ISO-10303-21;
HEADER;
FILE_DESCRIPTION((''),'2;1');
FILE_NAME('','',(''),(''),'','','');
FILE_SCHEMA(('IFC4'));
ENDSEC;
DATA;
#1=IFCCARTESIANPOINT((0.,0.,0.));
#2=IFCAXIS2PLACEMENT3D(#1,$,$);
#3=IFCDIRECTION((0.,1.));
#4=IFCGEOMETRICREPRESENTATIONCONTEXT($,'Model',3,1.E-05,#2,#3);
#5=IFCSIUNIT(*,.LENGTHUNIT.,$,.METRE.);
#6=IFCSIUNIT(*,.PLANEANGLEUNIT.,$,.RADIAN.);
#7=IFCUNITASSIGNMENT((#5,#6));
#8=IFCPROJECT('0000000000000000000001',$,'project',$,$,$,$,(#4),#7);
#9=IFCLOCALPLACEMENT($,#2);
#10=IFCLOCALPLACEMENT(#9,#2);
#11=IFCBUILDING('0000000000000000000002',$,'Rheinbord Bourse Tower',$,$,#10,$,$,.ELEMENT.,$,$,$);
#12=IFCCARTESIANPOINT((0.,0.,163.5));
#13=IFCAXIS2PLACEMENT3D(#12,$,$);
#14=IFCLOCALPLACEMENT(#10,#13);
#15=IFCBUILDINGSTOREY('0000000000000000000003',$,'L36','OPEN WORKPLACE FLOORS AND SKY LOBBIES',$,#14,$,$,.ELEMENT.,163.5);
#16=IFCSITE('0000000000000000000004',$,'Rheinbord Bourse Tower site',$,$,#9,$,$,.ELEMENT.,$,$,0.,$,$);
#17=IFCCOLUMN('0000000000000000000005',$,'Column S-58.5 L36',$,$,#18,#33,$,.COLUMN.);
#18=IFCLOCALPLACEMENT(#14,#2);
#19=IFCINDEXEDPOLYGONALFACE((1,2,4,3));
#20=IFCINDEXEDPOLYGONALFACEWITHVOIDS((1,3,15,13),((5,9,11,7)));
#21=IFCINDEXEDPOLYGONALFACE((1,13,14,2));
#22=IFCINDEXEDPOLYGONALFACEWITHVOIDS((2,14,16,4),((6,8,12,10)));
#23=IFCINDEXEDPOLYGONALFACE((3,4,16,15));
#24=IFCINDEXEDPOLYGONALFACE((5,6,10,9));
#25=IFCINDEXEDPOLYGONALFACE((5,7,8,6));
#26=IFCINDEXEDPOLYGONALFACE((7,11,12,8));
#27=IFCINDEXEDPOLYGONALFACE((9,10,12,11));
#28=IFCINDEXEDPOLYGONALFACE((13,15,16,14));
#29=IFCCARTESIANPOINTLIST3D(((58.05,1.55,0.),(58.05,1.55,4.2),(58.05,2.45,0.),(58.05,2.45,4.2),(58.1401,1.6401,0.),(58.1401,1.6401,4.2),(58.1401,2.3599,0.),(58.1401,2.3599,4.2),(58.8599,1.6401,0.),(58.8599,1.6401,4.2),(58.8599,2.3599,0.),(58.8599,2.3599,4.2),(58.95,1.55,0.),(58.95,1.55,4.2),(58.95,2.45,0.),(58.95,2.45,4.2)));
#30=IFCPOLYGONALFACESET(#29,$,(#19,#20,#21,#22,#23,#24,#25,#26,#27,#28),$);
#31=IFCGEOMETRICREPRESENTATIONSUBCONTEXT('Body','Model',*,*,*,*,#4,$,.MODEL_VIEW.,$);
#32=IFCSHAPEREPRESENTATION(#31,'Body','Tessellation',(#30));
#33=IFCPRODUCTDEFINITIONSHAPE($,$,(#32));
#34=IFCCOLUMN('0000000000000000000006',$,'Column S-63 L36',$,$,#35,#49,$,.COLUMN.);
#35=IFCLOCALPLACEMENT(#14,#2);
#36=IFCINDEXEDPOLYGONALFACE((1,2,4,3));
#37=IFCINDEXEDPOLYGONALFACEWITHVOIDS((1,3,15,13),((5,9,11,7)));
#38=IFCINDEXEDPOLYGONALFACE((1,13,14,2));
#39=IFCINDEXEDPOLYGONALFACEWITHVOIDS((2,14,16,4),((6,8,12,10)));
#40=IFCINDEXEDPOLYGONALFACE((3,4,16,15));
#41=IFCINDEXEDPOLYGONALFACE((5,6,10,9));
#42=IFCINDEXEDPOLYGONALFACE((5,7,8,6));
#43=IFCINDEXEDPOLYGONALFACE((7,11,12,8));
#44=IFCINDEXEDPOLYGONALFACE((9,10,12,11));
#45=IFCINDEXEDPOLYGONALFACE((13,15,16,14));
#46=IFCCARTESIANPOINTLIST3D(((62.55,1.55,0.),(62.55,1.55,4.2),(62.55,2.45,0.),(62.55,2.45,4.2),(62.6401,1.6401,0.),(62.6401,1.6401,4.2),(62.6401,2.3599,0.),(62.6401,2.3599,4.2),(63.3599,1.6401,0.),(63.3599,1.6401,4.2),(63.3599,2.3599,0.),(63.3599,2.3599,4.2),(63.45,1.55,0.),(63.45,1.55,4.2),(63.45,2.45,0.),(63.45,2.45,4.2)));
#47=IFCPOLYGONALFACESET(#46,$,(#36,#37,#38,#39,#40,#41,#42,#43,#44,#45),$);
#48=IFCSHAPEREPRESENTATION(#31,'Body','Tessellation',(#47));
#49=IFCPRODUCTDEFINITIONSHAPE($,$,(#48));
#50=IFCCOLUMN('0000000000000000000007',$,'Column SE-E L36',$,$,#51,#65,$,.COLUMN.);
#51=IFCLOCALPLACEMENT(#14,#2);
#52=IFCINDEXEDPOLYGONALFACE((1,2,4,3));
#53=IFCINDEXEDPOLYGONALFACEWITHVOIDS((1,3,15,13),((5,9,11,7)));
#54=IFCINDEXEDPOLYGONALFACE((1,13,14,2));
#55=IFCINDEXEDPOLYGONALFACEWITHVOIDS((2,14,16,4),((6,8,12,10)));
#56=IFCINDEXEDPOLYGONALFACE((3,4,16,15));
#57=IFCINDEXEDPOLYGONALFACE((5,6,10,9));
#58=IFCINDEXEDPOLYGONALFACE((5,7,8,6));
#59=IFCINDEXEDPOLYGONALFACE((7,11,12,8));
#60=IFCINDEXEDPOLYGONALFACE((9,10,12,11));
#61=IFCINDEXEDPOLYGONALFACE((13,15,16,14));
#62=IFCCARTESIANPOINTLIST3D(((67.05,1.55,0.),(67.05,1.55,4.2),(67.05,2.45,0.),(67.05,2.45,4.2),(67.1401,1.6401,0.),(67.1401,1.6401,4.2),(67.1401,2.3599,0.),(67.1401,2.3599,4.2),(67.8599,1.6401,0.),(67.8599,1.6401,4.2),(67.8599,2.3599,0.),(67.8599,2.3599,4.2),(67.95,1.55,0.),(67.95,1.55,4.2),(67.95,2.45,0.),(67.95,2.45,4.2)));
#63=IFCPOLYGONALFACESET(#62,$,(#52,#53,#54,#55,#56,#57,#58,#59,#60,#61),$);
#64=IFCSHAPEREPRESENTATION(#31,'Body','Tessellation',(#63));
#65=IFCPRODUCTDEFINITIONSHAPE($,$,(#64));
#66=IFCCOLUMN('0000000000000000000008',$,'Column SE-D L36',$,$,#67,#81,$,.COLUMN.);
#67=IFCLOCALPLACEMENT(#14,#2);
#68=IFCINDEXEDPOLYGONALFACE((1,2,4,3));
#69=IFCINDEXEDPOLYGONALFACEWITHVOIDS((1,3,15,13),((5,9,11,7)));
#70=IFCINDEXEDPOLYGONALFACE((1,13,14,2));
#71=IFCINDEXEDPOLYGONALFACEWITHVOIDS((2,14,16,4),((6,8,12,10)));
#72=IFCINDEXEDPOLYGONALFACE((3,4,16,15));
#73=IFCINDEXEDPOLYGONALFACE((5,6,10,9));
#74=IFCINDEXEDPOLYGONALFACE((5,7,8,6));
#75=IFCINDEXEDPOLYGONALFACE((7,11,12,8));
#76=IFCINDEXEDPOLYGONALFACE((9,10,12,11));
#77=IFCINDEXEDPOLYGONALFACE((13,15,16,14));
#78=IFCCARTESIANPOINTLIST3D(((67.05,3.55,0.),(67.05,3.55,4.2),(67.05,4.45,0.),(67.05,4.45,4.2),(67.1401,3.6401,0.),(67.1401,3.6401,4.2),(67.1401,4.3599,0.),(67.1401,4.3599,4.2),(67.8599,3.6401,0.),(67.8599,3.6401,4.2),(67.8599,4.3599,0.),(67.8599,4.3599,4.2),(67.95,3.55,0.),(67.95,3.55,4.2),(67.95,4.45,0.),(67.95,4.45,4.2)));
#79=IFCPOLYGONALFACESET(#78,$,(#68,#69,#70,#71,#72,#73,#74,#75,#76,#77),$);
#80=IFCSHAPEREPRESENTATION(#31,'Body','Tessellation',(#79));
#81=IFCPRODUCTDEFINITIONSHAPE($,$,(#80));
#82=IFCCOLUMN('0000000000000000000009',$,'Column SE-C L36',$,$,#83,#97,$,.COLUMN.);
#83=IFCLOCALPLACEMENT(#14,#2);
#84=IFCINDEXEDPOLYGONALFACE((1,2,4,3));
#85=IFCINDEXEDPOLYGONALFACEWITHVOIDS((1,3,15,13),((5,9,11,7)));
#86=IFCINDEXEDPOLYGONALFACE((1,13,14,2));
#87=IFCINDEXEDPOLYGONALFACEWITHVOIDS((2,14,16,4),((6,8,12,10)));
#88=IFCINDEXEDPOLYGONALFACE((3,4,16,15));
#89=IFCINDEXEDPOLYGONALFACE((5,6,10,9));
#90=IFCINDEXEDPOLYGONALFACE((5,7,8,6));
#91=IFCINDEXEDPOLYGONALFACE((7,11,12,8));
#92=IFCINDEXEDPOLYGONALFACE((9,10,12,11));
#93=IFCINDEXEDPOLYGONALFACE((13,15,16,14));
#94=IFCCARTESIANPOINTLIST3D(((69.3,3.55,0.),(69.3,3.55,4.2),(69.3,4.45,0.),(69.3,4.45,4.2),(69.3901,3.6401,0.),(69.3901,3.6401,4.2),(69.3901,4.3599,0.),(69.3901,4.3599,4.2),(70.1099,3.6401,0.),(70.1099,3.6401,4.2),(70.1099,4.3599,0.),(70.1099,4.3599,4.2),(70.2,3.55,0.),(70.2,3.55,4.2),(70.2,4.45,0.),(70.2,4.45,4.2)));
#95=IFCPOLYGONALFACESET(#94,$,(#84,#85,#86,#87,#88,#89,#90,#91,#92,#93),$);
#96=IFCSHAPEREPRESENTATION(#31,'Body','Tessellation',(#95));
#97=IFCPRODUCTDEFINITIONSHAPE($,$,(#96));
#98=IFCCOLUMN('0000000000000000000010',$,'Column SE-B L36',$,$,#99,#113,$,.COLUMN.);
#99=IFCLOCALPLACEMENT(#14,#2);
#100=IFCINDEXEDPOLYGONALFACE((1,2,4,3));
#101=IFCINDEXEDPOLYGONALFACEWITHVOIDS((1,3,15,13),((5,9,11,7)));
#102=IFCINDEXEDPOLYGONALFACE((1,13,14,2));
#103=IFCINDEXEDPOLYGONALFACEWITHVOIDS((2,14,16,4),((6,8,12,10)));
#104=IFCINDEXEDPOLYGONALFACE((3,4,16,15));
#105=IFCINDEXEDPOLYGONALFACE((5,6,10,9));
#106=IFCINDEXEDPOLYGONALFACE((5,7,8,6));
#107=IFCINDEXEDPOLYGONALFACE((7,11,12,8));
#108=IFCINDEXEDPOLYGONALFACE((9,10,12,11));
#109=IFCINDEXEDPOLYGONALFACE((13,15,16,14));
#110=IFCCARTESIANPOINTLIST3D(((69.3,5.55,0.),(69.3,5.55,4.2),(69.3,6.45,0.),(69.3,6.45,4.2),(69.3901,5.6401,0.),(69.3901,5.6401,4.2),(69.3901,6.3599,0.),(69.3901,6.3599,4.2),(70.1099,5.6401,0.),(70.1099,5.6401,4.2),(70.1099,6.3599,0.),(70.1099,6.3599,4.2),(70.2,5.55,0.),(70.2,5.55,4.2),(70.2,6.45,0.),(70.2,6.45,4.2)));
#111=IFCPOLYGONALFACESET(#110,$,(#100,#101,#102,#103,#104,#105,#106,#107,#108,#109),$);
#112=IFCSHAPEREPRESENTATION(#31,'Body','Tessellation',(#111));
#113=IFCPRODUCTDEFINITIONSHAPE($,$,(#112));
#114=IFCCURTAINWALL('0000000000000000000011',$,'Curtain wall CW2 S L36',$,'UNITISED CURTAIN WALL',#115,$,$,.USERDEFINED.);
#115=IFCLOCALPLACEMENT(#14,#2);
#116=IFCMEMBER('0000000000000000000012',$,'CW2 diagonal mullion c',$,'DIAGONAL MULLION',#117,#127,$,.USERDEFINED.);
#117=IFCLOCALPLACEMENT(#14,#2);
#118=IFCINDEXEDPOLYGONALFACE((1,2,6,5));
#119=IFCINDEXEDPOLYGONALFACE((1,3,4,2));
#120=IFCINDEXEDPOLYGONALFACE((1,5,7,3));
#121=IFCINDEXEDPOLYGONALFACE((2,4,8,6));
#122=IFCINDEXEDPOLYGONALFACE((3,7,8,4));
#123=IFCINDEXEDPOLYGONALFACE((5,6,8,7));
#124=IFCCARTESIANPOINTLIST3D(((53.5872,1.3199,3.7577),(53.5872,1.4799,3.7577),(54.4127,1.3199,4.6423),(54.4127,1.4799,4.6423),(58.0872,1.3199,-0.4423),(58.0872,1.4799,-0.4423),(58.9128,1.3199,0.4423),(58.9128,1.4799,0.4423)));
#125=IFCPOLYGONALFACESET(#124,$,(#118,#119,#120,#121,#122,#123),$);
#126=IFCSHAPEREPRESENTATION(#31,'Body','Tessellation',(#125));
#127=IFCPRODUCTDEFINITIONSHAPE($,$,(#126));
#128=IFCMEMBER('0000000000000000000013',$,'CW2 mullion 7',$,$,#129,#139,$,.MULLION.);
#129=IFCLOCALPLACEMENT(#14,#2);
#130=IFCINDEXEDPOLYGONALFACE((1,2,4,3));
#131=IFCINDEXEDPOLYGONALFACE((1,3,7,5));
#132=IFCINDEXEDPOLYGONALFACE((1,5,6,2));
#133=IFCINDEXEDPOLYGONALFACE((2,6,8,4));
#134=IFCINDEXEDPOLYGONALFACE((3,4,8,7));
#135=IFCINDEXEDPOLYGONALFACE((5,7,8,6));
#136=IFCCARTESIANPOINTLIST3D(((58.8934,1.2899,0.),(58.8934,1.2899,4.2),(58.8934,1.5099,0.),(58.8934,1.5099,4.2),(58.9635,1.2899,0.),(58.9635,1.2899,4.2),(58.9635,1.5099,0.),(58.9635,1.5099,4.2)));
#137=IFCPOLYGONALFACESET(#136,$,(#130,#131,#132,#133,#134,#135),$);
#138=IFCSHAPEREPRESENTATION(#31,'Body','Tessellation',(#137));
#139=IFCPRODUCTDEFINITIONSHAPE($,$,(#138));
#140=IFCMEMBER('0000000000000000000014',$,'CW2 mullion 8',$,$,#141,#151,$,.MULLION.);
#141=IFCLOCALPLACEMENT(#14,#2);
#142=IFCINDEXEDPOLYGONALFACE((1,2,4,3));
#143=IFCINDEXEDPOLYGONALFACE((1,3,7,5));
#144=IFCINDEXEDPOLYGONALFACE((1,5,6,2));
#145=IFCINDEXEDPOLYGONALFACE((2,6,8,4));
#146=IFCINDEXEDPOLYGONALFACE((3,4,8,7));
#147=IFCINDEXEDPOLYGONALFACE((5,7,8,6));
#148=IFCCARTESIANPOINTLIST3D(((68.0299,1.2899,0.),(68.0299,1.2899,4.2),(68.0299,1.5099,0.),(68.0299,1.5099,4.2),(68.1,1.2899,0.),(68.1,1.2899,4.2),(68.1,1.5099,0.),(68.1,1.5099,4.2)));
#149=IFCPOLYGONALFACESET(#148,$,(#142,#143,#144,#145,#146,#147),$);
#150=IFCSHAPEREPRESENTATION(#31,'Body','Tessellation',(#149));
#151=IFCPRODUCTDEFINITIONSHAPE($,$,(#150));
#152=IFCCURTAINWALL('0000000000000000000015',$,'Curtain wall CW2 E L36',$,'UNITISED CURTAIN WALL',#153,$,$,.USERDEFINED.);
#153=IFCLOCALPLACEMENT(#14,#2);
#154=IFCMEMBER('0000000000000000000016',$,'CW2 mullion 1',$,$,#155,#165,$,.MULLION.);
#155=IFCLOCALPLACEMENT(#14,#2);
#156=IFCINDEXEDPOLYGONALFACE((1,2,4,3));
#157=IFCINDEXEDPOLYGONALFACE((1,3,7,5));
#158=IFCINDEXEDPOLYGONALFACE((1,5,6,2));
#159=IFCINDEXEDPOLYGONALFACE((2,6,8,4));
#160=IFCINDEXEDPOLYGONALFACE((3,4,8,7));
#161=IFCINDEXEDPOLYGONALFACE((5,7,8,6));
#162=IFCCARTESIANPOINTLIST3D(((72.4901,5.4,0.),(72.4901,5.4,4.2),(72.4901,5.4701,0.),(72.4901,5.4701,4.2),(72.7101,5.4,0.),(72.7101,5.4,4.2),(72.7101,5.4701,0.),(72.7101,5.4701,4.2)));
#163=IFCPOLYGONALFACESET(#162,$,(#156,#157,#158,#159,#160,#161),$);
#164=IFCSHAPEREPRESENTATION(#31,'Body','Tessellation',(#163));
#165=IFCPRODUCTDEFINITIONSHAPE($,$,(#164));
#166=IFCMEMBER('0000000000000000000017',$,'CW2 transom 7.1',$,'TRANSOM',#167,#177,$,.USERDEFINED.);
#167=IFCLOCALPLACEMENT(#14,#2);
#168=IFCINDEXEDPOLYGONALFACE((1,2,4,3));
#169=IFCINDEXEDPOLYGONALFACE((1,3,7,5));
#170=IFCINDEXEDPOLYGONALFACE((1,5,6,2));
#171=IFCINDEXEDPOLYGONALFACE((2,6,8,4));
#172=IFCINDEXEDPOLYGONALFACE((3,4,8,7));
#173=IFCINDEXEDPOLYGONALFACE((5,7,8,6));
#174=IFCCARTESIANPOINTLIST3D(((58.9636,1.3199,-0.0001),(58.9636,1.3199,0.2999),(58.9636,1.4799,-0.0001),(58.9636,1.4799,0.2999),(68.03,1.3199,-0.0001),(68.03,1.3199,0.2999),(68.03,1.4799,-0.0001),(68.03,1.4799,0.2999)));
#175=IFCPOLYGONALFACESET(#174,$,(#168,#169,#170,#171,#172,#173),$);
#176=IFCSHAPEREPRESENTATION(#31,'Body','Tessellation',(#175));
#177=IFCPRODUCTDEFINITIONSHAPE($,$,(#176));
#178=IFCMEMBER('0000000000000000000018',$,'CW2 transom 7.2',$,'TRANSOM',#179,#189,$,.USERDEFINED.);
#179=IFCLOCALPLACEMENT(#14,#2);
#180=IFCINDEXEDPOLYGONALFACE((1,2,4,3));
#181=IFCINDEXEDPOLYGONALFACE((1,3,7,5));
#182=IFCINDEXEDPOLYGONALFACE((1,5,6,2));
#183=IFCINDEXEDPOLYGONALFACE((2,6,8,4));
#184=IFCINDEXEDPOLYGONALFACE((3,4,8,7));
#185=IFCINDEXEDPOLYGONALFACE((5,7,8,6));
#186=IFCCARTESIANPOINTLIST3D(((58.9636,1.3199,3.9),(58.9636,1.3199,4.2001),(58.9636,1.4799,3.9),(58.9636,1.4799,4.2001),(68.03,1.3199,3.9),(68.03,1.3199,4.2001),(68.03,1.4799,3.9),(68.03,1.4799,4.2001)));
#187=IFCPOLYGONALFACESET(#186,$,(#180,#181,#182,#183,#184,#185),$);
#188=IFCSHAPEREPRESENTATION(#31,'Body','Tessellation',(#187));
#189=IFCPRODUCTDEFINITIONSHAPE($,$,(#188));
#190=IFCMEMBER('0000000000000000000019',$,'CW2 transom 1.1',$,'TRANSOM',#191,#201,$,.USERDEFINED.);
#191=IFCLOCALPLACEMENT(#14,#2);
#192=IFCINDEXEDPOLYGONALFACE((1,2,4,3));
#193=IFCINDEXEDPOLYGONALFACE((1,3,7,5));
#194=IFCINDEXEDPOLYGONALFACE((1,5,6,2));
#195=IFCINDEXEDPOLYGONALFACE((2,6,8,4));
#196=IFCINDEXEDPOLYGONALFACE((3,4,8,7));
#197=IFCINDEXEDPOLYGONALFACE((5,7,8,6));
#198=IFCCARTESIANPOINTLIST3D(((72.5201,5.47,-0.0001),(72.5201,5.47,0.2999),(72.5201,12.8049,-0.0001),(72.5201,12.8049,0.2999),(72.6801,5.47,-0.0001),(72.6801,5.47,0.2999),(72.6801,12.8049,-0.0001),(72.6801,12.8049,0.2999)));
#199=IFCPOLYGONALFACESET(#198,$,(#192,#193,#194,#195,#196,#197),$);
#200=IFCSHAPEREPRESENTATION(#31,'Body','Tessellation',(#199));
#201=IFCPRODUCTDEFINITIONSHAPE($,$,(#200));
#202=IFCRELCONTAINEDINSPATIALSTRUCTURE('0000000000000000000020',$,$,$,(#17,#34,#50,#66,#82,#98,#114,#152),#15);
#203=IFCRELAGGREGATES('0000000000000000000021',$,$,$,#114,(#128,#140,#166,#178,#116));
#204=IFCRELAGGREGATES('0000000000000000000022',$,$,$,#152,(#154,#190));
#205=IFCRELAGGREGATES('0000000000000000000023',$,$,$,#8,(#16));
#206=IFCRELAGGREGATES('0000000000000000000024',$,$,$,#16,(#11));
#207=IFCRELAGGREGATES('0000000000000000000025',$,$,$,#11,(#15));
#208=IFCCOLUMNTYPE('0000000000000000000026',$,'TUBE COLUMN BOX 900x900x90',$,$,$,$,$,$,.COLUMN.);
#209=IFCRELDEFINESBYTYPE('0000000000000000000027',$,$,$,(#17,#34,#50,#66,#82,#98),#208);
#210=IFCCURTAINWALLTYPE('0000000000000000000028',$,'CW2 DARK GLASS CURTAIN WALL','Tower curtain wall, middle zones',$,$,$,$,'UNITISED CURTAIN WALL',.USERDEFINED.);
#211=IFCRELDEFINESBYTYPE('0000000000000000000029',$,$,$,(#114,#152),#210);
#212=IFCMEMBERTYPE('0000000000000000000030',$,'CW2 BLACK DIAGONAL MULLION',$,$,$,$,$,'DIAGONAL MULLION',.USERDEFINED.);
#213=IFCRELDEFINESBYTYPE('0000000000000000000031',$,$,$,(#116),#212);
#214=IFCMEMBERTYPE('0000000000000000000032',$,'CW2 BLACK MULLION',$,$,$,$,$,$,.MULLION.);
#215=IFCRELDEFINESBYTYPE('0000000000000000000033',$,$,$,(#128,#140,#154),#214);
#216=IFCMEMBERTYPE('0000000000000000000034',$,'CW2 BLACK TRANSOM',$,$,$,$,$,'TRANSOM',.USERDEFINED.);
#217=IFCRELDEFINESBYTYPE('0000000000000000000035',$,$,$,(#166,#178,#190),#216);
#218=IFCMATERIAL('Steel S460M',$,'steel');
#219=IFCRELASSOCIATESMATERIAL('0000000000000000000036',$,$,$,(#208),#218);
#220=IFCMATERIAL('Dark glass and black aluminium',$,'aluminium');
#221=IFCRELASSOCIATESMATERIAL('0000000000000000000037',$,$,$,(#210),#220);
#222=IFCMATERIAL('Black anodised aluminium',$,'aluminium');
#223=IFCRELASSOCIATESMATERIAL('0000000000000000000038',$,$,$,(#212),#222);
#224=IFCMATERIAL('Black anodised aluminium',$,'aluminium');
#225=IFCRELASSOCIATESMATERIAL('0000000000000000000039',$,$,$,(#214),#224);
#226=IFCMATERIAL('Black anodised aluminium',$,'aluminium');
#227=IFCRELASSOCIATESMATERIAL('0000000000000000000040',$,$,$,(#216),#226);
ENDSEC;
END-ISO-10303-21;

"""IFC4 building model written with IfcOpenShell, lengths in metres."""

from ifc_helpers import new_model, si_unit, direction, frame, origin, origin_2d, place, context, subcontext, project, spatial, rectangle, hollow_rectangle, extrude, material, material_profile, profile_set, type_object, element, aggregate, save


model = new_model("IFC4")

# Units and contexts
model_context = context("Model", 3, precision=1e-05, world=origin(), true_north=direction((0.0, 1.0)))
body_context = subcontext(model_context, "Body", "Model", "MODEL_VIEW")
ifc_project = project(units=[si_unit("LENGTHUNIT", "METRE"), si_unit("PLANEANGLEUNIT", "RADIAN")], contexts=[model_context])

# Site, building, storey
site_placement = place(None, origin())
site = spatial("IfcSite", under=ifc_project, at=site_placement, Name="Rheinbord Bourse Tower site", CompositionType="ELEMENT", RefElevation=0.0)
building_placement = place(site_placement, origin())
building = spatial("IfcBuilding", under=site, at=building_placement, Name="Rheinbord Bourse Tower", CompositionType="ELEMENT")
storey_placement = place(building_placement, frame((0.0, 0.0, 163.5)))
storey = spatial("IfcBuildingStorey", under=building, at=storey_placement, Name="L36", Description="OPEN WORKPLACE FLOORS AND SKY LOBBIES", CompositionType="ELEMENT", Elevation=163.5)

# Columns
ifc_material_1 = material(Name="Steel S460M", Category="steel")
ifc_material_profile_1 = material_profile(ifc_material_1, hollow_rectangle(XDim=0.8999, YDim=0.8999, WallThickness=0.0901, at=origin_2d()), Name="BOX 900x900x90")
ifc_profile_set_1 = profile_set([ifc_material_profile_1], Name="Steel S460M")
column_type = type_object("IfcColumnType", Name="TUBE COLUMN BOX 900x900x90", PredefinedType="COLUMN", material=ifc_profile_set_1)
for number, where, z_axis, x_axis, name in (
    (1, (58.5, 2.0, 0.0), (0.0, 0.0, 1.0), (0.0, 1.0, 0.0), "Column S-58.5 L36"),
    (2, (63.0, 2.0, 0.0), (0.0, 0.0, 1.0), (0.0, 1.0, 0.0), "Column S-63 L36"),
    (3, (67.5, 2.0, 0.0), (0.0, 0.0, 1.0), (0.0, 1.0, 0.0), "Column SE-E L36"),
    (4, (67.5, 4.0, 0.0), (0.0, 0.0, 1.0), (0.0, 1.0, 0.0), "Column SE-D L36"),
    (5, (69.75, 4.0, 0.0), (0.0, 0.0, 1.0), (1.0, 0.0, 0.0), "Column SE-C L36"),
    (6, (69.75, 6.0, 0.0), (0.0, 0.0, 1.0), (1.0, 0.0, 0.0), "Column SE-B L36"),
):
    element("IfcColumn", number, at=place(storey_placement, frame(where, z_axis=z_axis, x_axis=x_axis)), inside=storey, type_object=column_type, Name=name, PredefinedType="COLUMN", context=body_context, shape_type="SweptSolid", body=[
        extrude(hollow_rectangle(XDim=0.8999, YDim=0.8999, WallThickness=0.0901, at=origin_2d()), origin(), (0.0, 0.0, 1.0), 4.2),
    ])

# Curtain wall, members
ifc_material_2 = material(Name="Dark glass and black aluminium", Category="aluminium")
curtain_wall_type = type_object("IfcCurtainWallType", Name="CW2 DARK GLASS CURTAIN WALL", Description="Tower curtain wall, middle zones", ElementType="UNITISED CURTAIN WALL", PredefinedType="USERDEFINED", material=ifc_material_2)
curtain_wall_1_placement = place(storey_placement, origin())
curtain_wall_1 = element("IfcCurtainWall", 7, at=curtain_wall_1_placement, inside=storey, type_object=curtain_wall_type, Name="Curtain wall CW2 S L36", ObjectType="UNITISED CURTAIN WALL", PredefinedType="USERDEFINED")
ifc_material_3 = material(Name="Black anodised aluminium", Category="aluminium")
ifc_material_profile_2 = material_profile(ifc_material_3, rectangle(XDim=0.1599, YDim=1.21, at=origin_2d()), Name="CW2 DIAGONAL MULLION 1210x160")
ifc_profile_set_2 = profile_set([ifc_material_profile_2], Name="Black anodised aluminium")
member_type_1 = type_object("IfcMemberType", Name="CW2 BLACK DIAGONAL MULLION", ElementType="DIAGONAL MULLION", PredefinedType="USERDEFINED", material=ifc_profile_set_2)
member_1_placement = place(storey_placement, frame((58.5, 1.3999, 0.0), z_axis=(-0.731059, 0.0, 0.682314), x_axis=(0.0, -1.0, 0.0)))
member_1 = element("IfcMember", 8, at=member_1_placement, type_object=member_type_1, Name="CW2 diagonal mullion c", ObjectType="DIAGONAL MULLION", PredefinedType="USERDEFINED", context=body_context, shape_type="SweptSolid", body=[
    extrude(rectangle(XDim=0.1599, YDim=1.21, at=origin_2d()), origin(), (0.0, 0.0, 1.0), 6.1555),
])
ifc_material_4 = material(Name="Black anodised aluminium", Category="aluminium")
ifc_material_profile_3 = material_profile(ifc_material_4, rectangle(XDim=0.22, YDim=0.0701, at=origin_2d()), Name="CW2 MULLION 70x220")
ifc_profile_set_3 = profile_set([ifc_material_profile_3], Name="Black anodised aluminium")
member_type_2 = type_object("IfcMemberType", Name="CW2 BLACK MULLION", PredefinedType="MULLION", material=ifc_profile_set_3)
member_2_placement = place(storey_placement, frame((58.9285, 1.3999, 0.0), z_axis=(0.0, 0.0, 1.0), x_axis=(0.0, 1.0, 0.0)))
member_2 = element("IfcMember", 9, at=member_2_placement, type_object=member_type_2, Name="CW2 mullion 7", PredefinedType="MULLION", context=body_context, shape_type="SweptSolid", body=[
    extrude(rectangle(XDim=0.22, YDim=0.0701, at=origin_2d()), origin(), (0.0, 0.0, 1.0), 4.2),
])
member_3_placement = place(storey_placement, frame((68.0649, 1.3999, 0.0), z_axis=(0.0, 0.0, 1.0), x_axis=(0.0, 1.0, 0.0)))
member_3 = element("IfcMember", 10, at=member_3_placement, type_object=member_type_2, Name="CW2 mullion 8", PredefinedType="MULLION", context=body_context, shape_type="SweptSolid", body=[
    extrude(rectangle(XDim=0.22, YDim=0.0701, at=origin_2d()), origin(), (0.0, 0.0, 1.0), 4.2),
])

# Curtain wall, member
curtain_wall_2_placement = place(storey_placement, origin())
curtain_wall_2 = element("IfcCurtainWall", 11, at=curtain_wall_2_placement, inside=storey, type_object=curtain_wall_type, Name="Curtain wall CW2 E L36", ObjectType="UNITISED CURTAIN WALL", PredefinedType="USERDEFINED")
member_4_placement = place(storey_placement, frame((72.6001, 5.4351, 0.0), z_axis=(0.0, 0.0, 1.0), x_axis=(-1.0, 0.0, 0.0)))
member_4 = element("IfcMember", 12, at=member_4_placement, type_object=member_type_2, Name="CW2 mullion 1", PredefinedType="MULLION", context=body_context, shape_type="SweptSolid", body=[
    extrude(rectangle(XDim=0.22, YDim=0.0701, at=origin_2d()), origin(), (0.0, 0.0, 1.0), 4.2),
])

# Members
ifc_material_5 = material(Name="Black anodised aluminium", Category="aluminium")
ifc_material_profile_4 = material_profile(ifc_material_5, rectangle(XDim=0.1599, YDim=0.3, at=origin_2d()), Name="CW2 TRANSOM 300x160")
ifc_profile_set_4 = profile_set([ifc_material_profile_4], Name="Black anodised aluminium")
member_type_3 = type_object("IfcMemberType", Name="CW2 BLACK TRANSOM", ElementType="TRANSOM", PredefinedType="USERDEFINED", material=ifc_profile_set_4)
member_5_placement = place(storey_placement, frame((58.9636, 1.3999, 0.1499), z_axis=(1.0, 0.0, 0.0), x_axis=(0.0, 1.0, 0.0)))
member_5 = element("IfcMember", 13, at=member_5_placement, type_object=member_type_3, Name="CW2 transom 7.1", ObjectType="TRANSOM", PredefinedType="USERDEFINED", context=body_context, shape_type="SweptSolid", body=[
    extrude(rectangle(XDim=0.1599, YDim=0.3, at=origin_2d()), origin(), (0.0, 0.0, 1.0), 9.0664),
])
member_6_placement = place(storey_placement, frame((58.9636, 1.3999, 4.05), z_axis=(1.0, 0.0, 0.0), x_axis=(0.0, 1.0, 0.0)))
member_6 = element("IfcMember", 14, at=member_6_placement, type_object=member_type_3, Name="CW2 transom 7.2", ObjectType="TRANSOM", PredefinedType="USERDEFINED", context=body_context, shape_type="SweptSolid", body=[
    extrude(rectangle(XDim=0.1599, YDim=0.3, at=origin_2d()), origin(), (0.0, 0.0, 1.0), 9.0664),
])
member_7_placement = place(storey_placement, frame((72.6001, 5.47, 0.1499), z_axis=(0.0, 1.0, 0.0), x_axis=(-1.0, 0.0, 0.0)))
member_7 = element("IfcMember", 15, at=member_7_placement, type_object=member_type_3, Name="CW2 transom 1.1", ObjectType="TRANSOM", PredefinedType="USERDEFINED", context=body_context, shape_type="SweptSolid", body=[
    extrude(rectangle(XDim=0.1599, YDim=0.3, at=origin_2d()), origin(), (0.0, 0.0, 1.0), 7.335),
])

aggregate(curtain_wall_1, [member_2, member_3, member_5, member_6, member_1])
aggregate(curtain_wall_2, [member_4, member_7])

save(model, "model.ifc")
